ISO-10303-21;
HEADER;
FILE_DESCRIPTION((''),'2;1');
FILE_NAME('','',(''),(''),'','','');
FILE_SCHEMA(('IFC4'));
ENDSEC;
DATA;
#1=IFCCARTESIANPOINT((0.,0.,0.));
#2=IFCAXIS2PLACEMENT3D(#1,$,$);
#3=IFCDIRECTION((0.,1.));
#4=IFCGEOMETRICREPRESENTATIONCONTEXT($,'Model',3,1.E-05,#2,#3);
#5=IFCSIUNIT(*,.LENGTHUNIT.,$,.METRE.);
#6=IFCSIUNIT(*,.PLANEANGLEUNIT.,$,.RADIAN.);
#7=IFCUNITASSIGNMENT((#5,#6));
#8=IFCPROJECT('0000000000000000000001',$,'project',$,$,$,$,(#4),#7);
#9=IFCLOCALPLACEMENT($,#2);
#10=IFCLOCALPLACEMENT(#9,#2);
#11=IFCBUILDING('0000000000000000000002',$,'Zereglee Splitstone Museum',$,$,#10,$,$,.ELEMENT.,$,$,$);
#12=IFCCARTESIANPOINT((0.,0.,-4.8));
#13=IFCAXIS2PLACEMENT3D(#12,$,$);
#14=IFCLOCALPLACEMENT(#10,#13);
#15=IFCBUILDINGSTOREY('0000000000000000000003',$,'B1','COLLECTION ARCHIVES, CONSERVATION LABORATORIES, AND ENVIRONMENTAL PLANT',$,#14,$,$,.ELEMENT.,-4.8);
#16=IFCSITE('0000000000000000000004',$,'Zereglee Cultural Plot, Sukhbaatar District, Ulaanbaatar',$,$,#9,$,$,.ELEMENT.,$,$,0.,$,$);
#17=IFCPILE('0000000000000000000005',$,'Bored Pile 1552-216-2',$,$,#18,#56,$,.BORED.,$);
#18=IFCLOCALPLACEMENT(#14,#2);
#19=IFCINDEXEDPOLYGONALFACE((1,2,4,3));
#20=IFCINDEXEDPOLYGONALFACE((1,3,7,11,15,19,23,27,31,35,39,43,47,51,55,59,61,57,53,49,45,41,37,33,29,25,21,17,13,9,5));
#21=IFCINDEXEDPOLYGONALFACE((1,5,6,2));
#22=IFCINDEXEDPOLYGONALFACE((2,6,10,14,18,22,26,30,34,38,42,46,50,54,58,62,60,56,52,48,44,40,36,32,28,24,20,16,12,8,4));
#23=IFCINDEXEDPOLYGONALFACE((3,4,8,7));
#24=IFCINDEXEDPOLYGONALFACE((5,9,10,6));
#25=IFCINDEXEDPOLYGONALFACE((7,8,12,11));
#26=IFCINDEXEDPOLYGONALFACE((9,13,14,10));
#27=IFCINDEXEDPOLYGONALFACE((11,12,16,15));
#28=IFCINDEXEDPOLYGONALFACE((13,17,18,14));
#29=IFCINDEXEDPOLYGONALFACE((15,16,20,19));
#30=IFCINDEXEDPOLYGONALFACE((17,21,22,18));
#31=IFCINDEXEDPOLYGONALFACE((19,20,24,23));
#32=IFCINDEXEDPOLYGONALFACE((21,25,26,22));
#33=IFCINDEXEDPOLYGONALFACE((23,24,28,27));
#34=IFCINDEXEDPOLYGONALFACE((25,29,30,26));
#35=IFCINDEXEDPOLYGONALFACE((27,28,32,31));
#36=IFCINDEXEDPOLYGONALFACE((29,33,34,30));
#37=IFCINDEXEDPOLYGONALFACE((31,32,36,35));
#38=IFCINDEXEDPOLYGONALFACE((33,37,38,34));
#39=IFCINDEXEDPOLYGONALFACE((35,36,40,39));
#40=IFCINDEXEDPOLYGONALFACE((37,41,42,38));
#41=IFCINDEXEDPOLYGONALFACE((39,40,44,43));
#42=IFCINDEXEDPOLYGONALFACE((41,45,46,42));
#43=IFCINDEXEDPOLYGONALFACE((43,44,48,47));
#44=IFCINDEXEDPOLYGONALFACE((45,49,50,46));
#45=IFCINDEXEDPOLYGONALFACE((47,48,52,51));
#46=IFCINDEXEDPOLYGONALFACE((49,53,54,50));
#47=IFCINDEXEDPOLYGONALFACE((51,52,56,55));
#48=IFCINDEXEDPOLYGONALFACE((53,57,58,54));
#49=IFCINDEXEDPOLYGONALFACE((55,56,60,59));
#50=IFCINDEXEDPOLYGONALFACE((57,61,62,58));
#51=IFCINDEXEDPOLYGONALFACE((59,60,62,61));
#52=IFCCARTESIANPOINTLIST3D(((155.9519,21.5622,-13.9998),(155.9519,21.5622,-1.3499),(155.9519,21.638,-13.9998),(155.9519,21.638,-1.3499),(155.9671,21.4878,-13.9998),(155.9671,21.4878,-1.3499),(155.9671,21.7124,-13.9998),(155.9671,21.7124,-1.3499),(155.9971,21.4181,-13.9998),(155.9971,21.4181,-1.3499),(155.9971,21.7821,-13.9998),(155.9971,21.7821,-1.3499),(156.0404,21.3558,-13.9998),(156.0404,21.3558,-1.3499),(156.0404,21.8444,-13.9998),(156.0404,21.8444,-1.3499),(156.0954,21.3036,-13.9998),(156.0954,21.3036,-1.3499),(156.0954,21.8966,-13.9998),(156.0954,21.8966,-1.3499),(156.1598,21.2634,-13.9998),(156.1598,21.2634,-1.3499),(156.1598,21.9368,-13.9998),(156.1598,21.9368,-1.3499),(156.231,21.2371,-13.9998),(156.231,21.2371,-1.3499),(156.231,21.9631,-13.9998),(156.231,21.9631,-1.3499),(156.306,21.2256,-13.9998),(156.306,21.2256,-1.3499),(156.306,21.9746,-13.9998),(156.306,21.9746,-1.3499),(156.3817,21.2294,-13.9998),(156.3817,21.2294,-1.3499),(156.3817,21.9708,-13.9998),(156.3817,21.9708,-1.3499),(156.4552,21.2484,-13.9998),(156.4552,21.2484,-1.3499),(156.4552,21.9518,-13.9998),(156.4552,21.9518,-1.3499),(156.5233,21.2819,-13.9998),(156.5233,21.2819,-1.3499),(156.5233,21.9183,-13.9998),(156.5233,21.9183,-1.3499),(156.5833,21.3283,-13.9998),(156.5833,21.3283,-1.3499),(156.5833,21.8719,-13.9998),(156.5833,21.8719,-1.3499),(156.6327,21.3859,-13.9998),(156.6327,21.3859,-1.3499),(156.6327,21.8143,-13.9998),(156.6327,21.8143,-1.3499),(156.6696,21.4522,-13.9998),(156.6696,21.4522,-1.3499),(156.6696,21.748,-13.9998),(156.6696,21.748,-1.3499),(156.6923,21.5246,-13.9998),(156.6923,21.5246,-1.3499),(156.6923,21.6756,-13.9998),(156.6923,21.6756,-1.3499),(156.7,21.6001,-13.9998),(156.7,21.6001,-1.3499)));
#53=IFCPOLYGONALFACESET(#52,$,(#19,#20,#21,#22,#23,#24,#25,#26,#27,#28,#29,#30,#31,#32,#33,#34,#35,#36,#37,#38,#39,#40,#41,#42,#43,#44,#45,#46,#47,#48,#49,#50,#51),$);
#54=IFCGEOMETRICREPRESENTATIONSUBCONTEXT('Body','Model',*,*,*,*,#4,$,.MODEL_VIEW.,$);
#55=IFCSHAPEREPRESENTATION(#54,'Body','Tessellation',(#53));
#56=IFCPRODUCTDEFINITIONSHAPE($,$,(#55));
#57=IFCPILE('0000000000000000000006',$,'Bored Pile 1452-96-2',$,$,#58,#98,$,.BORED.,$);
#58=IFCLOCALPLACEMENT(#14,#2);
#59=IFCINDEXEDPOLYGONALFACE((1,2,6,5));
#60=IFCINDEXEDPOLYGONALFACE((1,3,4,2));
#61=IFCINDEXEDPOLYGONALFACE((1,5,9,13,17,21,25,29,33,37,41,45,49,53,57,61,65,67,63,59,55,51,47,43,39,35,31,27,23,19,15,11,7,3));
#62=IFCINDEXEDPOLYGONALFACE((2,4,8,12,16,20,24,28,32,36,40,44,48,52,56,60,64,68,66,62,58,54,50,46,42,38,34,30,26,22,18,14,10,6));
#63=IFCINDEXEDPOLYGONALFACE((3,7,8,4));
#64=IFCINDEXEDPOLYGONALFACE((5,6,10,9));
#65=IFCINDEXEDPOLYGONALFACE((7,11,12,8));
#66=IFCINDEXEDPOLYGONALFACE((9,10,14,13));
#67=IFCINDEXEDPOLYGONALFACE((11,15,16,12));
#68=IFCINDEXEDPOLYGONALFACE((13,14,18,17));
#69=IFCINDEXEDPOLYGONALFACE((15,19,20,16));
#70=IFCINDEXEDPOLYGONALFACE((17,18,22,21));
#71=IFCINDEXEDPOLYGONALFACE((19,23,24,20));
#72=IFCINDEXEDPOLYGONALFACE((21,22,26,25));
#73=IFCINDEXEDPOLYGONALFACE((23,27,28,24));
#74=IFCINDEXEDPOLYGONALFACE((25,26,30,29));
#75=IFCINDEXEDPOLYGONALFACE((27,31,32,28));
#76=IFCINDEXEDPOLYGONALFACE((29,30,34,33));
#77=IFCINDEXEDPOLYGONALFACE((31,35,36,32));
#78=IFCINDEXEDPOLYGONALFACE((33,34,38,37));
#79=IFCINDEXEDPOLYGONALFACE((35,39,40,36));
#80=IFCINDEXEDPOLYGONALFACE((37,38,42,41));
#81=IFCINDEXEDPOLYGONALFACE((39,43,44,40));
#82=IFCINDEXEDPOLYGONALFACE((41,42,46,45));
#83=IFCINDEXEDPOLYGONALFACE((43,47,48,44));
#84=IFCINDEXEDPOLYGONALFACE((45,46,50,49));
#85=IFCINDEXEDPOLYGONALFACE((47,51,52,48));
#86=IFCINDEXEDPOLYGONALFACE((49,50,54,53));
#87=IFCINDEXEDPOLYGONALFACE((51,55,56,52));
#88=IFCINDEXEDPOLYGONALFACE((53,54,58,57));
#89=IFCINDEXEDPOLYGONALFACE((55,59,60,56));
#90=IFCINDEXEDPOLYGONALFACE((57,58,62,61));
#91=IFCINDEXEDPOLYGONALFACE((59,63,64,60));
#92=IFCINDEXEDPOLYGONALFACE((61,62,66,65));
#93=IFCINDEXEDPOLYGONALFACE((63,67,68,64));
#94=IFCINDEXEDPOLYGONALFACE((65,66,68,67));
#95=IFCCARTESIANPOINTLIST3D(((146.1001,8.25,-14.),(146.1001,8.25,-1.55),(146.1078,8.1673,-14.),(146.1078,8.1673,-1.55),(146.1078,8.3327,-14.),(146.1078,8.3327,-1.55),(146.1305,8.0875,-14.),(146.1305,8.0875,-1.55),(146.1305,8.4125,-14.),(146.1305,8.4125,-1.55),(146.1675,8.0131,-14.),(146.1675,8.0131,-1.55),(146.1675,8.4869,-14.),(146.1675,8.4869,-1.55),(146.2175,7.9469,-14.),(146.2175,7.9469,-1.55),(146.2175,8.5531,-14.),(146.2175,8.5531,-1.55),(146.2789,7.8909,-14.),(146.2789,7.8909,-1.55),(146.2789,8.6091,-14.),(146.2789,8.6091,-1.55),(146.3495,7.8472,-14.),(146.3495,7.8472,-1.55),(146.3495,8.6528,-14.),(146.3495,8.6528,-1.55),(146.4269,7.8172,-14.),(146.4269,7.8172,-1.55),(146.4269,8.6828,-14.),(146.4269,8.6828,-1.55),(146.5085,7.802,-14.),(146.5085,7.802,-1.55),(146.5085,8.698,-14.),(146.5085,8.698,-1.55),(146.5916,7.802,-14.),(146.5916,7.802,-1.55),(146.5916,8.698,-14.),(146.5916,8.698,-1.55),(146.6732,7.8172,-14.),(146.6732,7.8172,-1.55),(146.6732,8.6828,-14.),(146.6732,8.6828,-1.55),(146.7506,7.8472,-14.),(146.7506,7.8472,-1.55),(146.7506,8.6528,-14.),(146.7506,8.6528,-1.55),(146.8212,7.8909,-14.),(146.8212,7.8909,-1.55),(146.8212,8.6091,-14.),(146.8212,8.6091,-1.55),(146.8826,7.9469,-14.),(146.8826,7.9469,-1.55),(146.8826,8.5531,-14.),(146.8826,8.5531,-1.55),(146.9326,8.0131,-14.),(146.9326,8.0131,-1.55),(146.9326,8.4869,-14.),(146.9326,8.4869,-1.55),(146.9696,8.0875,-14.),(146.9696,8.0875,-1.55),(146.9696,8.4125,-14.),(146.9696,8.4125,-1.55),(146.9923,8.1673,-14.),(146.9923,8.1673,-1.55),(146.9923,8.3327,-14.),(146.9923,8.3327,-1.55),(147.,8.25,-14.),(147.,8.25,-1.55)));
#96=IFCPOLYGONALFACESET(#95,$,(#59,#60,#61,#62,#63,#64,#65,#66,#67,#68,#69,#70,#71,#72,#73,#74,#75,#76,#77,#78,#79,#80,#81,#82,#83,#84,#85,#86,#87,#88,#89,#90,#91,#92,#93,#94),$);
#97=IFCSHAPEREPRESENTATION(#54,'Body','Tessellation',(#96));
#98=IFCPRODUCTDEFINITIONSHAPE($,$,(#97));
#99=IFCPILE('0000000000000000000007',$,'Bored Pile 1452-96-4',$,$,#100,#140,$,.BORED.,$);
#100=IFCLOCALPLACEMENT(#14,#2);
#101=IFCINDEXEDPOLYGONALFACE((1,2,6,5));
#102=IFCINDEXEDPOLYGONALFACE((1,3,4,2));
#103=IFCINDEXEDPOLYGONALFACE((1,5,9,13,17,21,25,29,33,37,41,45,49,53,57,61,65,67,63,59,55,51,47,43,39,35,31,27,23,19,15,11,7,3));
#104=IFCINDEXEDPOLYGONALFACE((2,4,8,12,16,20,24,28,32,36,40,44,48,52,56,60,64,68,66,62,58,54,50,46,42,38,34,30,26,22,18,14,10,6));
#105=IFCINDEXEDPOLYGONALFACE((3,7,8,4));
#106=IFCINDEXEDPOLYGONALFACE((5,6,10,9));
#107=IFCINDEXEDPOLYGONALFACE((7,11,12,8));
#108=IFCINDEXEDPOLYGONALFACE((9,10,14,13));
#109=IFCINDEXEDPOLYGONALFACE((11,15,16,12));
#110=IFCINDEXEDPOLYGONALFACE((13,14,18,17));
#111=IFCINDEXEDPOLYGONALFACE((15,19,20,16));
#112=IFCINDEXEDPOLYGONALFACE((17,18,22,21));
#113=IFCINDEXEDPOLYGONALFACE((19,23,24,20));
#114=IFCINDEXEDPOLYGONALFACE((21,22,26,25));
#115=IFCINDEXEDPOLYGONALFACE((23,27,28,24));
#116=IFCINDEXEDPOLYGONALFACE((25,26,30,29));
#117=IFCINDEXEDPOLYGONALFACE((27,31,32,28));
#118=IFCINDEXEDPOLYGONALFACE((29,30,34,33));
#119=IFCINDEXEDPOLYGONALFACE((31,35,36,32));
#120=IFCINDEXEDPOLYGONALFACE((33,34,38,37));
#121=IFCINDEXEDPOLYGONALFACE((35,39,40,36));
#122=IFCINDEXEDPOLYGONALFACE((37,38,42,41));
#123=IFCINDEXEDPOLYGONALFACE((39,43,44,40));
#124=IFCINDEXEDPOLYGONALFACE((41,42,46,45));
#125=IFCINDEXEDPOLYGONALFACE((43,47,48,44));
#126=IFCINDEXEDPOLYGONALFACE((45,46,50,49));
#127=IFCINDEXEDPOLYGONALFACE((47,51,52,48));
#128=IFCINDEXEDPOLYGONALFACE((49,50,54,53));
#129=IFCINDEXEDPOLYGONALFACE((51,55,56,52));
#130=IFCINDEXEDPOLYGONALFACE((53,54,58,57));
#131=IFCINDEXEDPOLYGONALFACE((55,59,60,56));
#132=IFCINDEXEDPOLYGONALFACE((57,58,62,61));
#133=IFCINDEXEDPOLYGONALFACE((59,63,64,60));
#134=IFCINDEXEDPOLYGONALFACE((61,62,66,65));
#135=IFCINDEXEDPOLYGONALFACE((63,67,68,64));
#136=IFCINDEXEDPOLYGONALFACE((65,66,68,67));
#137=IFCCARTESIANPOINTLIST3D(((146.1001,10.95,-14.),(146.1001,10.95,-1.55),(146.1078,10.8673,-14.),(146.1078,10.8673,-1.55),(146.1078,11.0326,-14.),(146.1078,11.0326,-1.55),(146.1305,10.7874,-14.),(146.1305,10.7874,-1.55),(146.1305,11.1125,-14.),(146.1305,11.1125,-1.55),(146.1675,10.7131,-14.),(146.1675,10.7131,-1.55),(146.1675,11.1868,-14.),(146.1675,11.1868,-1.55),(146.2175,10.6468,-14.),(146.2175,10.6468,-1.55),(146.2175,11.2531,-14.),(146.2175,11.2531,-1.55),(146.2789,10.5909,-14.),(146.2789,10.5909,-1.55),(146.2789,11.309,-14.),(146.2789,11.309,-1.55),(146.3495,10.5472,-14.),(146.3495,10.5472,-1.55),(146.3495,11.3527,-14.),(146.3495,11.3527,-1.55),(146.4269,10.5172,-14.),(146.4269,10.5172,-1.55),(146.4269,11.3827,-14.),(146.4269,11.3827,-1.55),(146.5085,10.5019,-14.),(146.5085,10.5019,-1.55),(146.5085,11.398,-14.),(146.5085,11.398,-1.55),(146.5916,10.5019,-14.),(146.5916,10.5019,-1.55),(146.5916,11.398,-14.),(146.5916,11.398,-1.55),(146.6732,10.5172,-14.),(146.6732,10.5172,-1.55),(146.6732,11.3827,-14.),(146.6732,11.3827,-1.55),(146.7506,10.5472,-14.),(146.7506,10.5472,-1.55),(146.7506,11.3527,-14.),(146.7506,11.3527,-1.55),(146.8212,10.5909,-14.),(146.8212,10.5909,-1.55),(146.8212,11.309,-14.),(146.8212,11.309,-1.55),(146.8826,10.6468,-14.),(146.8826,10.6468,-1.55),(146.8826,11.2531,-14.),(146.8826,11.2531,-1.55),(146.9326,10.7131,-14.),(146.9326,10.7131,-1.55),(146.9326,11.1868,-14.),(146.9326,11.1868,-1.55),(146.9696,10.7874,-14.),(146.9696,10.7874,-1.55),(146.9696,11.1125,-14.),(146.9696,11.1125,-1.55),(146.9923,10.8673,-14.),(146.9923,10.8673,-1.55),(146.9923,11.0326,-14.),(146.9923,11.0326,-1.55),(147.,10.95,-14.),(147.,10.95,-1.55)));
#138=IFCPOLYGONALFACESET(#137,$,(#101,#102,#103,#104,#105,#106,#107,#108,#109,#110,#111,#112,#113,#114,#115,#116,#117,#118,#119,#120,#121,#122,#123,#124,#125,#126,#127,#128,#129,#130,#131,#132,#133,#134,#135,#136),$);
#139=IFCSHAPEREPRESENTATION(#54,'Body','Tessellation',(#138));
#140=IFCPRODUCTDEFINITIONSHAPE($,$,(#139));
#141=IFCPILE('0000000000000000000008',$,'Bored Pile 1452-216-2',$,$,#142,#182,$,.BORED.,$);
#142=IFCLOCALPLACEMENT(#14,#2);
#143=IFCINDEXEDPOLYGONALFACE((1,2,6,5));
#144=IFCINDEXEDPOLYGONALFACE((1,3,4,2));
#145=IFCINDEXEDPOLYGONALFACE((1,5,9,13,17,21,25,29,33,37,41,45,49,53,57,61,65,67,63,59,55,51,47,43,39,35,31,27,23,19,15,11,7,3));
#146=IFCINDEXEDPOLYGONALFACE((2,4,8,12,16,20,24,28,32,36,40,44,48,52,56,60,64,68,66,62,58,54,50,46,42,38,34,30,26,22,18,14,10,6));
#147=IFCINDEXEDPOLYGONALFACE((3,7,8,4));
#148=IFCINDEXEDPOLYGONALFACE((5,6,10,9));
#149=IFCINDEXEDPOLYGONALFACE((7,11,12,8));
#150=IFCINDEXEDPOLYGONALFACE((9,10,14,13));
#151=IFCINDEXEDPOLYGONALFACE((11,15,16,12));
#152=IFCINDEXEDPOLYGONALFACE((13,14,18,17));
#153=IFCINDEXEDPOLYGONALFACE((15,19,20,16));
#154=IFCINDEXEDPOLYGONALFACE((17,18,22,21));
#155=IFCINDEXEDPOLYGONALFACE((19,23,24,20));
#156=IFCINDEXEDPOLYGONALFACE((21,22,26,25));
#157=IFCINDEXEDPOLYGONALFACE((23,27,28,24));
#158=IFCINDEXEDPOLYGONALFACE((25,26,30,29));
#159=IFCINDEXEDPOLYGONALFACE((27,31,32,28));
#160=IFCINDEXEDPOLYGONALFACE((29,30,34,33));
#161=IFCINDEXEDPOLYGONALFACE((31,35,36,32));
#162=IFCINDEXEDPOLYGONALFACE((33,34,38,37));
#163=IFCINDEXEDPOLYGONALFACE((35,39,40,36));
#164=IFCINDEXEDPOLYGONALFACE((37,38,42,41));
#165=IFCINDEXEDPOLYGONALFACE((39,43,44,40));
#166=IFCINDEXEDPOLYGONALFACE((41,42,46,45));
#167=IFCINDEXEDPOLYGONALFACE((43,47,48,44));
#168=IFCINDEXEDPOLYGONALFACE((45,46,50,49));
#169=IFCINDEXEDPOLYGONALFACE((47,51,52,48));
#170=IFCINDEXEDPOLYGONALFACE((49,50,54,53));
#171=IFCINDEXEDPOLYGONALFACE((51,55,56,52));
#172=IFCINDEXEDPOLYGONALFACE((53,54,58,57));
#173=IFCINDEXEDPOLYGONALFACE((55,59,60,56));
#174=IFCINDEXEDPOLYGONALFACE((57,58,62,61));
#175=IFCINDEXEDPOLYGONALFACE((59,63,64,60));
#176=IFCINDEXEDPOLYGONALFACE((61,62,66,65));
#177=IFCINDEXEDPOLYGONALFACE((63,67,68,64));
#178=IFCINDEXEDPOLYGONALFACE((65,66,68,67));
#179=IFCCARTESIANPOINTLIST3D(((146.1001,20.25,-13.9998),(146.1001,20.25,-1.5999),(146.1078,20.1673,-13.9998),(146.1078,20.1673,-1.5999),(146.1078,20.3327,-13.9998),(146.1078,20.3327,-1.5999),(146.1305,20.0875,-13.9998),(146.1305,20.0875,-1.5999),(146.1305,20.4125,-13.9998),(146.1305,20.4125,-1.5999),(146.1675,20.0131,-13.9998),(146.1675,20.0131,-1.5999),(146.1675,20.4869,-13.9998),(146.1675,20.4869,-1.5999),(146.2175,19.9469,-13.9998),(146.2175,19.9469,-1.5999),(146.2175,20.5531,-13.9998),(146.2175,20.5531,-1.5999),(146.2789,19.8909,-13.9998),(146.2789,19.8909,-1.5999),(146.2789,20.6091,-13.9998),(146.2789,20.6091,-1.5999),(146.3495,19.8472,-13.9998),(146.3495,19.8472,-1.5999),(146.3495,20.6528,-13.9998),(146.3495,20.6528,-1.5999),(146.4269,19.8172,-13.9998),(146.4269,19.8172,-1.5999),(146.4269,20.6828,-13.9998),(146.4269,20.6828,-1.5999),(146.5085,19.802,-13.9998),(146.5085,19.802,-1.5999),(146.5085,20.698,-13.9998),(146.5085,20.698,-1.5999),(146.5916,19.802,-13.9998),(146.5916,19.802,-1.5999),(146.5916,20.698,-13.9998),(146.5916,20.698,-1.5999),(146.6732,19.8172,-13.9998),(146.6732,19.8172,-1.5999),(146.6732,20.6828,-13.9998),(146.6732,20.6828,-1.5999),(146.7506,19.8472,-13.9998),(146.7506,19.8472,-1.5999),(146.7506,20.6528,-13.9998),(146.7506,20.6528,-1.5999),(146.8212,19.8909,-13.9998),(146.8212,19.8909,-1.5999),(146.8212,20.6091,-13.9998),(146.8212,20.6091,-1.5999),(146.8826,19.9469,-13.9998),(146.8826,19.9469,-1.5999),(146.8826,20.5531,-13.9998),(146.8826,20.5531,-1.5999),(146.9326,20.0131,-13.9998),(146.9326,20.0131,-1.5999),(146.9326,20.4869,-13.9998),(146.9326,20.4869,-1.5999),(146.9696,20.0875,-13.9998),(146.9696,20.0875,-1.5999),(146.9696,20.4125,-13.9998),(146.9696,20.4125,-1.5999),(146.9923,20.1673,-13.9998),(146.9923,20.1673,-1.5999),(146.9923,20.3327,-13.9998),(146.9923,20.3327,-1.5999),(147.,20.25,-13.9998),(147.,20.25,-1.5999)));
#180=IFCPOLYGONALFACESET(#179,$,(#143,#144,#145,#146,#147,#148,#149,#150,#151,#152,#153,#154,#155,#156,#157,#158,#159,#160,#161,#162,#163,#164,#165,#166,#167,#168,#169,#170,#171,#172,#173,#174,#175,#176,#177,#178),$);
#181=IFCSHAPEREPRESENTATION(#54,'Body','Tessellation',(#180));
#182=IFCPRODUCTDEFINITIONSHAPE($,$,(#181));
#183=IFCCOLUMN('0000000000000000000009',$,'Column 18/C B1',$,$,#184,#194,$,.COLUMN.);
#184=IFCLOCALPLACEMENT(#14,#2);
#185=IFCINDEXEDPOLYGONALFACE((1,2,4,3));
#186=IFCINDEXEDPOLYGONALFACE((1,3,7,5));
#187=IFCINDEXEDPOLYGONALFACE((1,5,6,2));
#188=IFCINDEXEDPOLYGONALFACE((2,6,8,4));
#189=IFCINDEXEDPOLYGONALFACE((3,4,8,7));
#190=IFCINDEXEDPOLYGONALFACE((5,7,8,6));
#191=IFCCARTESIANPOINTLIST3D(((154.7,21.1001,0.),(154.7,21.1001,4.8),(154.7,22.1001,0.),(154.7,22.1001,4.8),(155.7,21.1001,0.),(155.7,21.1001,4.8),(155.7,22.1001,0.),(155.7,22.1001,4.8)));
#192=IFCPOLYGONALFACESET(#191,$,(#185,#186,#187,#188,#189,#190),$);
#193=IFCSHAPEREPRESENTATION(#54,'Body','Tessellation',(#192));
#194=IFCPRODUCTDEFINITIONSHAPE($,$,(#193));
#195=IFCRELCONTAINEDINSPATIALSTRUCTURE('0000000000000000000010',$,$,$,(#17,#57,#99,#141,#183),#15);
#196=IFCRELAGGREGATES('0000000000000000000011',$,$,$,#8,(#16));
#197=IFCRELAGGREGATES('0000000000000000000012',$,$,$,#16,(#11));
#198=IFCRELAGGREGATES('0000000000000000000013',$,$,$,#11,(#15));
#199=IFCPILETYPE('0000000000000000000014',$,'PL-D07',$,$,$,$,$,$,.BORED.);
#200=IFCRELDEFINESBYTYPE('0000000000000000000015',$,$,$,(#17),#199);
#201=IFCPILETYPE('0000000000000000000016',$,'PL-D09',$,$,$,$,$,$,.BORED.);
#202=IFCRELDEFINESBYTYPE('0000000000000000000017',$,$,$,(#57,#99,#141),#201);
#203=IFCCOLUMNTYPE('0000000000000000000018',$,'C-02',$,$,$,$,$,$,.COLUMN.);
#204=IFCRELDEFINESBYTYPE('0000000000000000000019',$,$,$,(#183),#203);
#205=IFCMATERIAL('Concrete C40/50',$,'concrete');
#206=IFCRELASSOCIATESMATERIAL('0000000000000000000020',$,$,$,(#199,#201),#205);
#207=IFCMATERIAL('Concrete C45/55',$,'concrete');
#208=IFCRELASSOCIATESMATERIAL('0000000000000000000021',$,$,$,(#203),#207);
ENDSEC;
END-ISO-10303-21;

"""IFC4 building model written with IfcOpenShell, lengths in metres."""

from ifc_helpers import new_model, si_unit, direction, frame, origin, origin_2d, place, context, subcontext, project, spatial, rectangle, circle, extrude, material, material_profile, profile_set, type_object, element, save


model = new_model("IFC4")

# Units and contexts
model_context = context("Model", 3, precision=1e-05, world=origin(), true_north=direction((0.0, 1.0)))
body_context = subcontext(model_context, "Body", "Model", "MODEL_VIEW")
ifc_project = project(units=[si_unit("LENGTHUNIT", "METRE"), si_unit("PLANEANGLEUNIT", "RADIAN")], contexts=[model_context])

# Site, building, storey
site_placement = place(None, origin())
site = spatial("IfcSite", under=ifc_project, at=site_placement, Name="Zereglee Cultural Plot, Sukhbaatar District, Ulaanbaatar", CompositionType="ELEMENT", RefElevation=0.0)
building_placement = place(site_placement, origin())
building = spatial("IfcBuilding", under=site, at=building_placement, Name="Zereglee Splitstone Museum", CompositionType="ELEMENT")
storey_placement = place(building_placement, frame((0.0, 0.0, -4.8)))
storey = spatial("IfcBuildingStorey", under=building, at=storey_placement, Name="B1", Description="COLLECTION ARCHIVES, CONSERVATION LABORATORIES, AND ENVIRONMENTAL PLANT", CompositionType="ELEMENT", Elevation=-4.8)

# Shared definitions
ifc_material_1 = material(Name="Concrete C40/50", Category="concrete")

# Piles
ifc_material_profile_1 = material_profile(ifc_material_1, circle(Radius=0.375, at=origin_2d()), Name="PILE D750")
ifc_profile_set_1 = profile_set([ifc_material_profile_1], Name="Concrete C40/50")
pile_type_1 = type_object("IfcPileType", Name="PL-D07", PredefinedType="BORED", material=ifc_profile_set_1)
for number, where, z_axis, x_axis, name in (
    (1, (156.325, 21.6001, -1.3499), (0.0, 0.0, -1.0), (1.0, 0.0, 0.0), "Bored Pile 1552-216-2"),
):
    element("IfcPile", number, at=place(storey_placement, frame(where, z_axis=z_axis, x_axis=x_axis)), inside=storey, type_object=pile_type_1, Name=name, PredefinedType="BORED", context=body_context, shape_type="SweptSolid", body=[
        extrude(circle(Radius=0.375, at=origin_2d()), origin(), (0.0, 0.0, 1.0), 12.6499),
    ])
ifc_material_profile_2 = material_profile(ifc_material_1, circle(Radius=0.45, at=origin_2d()), Name="PILE D900")
ifc_profile_set_2 = profile_set([ifc_material_profile_2], Name="Concrete C40/50")
pile_type_2 = type_object("IfcPileType", Name="PL-D09", PredefinedType="BORED", material=ifc_profile_set_2)
for number, where, z_axis, x_axis, name in (
    (2, (146.55, 8.25, -1.55), (0.0, 0.0, -1.0), (1.0, 0.0, 0.0), "Bored Pile 1452-96-2"),
    (3, (146.55, 10.95, -1.55), (0.0, 0.0, -1.0), (1.0, 0.0, 0.0), "Bored Pile 1452-96-4"),
):
    element("IfcPile", number, at=place(storey_placement, frame(where, z_axis=z_axis, x_axis=x_axis)), inside=storey, type_object=pile_type_2, Name=name, PredefinedType="BORED", context=body_context, shape_type="SweptSolid", body=[
        extrude(circle(Radius=0.45, at=origin_2d()), origin(), (0.0, 0.0, 1.0), 12.45),
    ])
pile_placement = place(storey_placement, frame((146.55, 20.25, -1.5999), z_axis=(0.0, 0.0, -1.0), x_axis=(1.0, 0.0, 0.0)))
element("IfcPile", 4, at=pile_placement, inside=storey, type_object=pile_type_2, Name="Bored Pile 1452-216-2", PredefinedType="BORED", context=body_context, shape_type="SweptSolid", body=[
    extrude(circle(Radius=0.45, at=origin_2d()), origin(), (0.0, 0.0, 1.0), 12.3999),
])

# Column
ifc_material_2 = material(Name="Concrete C45/55", Category="concrete")
ifc_material_profile_3 = material_profile(ifc_material_2, rectangle(XDim=1.0, YDim=1.0, at=origin_2d()), Name="RC 1000x1000")
ifc_profile_set_3 = profile_set([ifc_material_profile_3], Name="Concrete C45/55")
column_type_1 = type_object("IfcColumnType", Name="C-02", PredefinedType="COLUMN", material=ifc_profile_set_3)
column_1_placement = place(storey_placement, frame((155.2, 21.6001, 0.0), z_axis=(0.0, 0.0, 1.0), x_axis=(1.0, 0.0, 0.0)))
element("IfcColumn", 5, at=column_1_placement, inside=storey, type_object=column_type_1, Name="Column 18/C B1", PredefinedType="COLUMN", context=body_context, shape_type="SweptSolid", body=[
    extrude(rectangle(XDim=1.0, YDim=1.0, at=origin_2d()), origin(), (0.0, 0.0, 1.0), 4.8),
])

save(model, "model.ifc")
